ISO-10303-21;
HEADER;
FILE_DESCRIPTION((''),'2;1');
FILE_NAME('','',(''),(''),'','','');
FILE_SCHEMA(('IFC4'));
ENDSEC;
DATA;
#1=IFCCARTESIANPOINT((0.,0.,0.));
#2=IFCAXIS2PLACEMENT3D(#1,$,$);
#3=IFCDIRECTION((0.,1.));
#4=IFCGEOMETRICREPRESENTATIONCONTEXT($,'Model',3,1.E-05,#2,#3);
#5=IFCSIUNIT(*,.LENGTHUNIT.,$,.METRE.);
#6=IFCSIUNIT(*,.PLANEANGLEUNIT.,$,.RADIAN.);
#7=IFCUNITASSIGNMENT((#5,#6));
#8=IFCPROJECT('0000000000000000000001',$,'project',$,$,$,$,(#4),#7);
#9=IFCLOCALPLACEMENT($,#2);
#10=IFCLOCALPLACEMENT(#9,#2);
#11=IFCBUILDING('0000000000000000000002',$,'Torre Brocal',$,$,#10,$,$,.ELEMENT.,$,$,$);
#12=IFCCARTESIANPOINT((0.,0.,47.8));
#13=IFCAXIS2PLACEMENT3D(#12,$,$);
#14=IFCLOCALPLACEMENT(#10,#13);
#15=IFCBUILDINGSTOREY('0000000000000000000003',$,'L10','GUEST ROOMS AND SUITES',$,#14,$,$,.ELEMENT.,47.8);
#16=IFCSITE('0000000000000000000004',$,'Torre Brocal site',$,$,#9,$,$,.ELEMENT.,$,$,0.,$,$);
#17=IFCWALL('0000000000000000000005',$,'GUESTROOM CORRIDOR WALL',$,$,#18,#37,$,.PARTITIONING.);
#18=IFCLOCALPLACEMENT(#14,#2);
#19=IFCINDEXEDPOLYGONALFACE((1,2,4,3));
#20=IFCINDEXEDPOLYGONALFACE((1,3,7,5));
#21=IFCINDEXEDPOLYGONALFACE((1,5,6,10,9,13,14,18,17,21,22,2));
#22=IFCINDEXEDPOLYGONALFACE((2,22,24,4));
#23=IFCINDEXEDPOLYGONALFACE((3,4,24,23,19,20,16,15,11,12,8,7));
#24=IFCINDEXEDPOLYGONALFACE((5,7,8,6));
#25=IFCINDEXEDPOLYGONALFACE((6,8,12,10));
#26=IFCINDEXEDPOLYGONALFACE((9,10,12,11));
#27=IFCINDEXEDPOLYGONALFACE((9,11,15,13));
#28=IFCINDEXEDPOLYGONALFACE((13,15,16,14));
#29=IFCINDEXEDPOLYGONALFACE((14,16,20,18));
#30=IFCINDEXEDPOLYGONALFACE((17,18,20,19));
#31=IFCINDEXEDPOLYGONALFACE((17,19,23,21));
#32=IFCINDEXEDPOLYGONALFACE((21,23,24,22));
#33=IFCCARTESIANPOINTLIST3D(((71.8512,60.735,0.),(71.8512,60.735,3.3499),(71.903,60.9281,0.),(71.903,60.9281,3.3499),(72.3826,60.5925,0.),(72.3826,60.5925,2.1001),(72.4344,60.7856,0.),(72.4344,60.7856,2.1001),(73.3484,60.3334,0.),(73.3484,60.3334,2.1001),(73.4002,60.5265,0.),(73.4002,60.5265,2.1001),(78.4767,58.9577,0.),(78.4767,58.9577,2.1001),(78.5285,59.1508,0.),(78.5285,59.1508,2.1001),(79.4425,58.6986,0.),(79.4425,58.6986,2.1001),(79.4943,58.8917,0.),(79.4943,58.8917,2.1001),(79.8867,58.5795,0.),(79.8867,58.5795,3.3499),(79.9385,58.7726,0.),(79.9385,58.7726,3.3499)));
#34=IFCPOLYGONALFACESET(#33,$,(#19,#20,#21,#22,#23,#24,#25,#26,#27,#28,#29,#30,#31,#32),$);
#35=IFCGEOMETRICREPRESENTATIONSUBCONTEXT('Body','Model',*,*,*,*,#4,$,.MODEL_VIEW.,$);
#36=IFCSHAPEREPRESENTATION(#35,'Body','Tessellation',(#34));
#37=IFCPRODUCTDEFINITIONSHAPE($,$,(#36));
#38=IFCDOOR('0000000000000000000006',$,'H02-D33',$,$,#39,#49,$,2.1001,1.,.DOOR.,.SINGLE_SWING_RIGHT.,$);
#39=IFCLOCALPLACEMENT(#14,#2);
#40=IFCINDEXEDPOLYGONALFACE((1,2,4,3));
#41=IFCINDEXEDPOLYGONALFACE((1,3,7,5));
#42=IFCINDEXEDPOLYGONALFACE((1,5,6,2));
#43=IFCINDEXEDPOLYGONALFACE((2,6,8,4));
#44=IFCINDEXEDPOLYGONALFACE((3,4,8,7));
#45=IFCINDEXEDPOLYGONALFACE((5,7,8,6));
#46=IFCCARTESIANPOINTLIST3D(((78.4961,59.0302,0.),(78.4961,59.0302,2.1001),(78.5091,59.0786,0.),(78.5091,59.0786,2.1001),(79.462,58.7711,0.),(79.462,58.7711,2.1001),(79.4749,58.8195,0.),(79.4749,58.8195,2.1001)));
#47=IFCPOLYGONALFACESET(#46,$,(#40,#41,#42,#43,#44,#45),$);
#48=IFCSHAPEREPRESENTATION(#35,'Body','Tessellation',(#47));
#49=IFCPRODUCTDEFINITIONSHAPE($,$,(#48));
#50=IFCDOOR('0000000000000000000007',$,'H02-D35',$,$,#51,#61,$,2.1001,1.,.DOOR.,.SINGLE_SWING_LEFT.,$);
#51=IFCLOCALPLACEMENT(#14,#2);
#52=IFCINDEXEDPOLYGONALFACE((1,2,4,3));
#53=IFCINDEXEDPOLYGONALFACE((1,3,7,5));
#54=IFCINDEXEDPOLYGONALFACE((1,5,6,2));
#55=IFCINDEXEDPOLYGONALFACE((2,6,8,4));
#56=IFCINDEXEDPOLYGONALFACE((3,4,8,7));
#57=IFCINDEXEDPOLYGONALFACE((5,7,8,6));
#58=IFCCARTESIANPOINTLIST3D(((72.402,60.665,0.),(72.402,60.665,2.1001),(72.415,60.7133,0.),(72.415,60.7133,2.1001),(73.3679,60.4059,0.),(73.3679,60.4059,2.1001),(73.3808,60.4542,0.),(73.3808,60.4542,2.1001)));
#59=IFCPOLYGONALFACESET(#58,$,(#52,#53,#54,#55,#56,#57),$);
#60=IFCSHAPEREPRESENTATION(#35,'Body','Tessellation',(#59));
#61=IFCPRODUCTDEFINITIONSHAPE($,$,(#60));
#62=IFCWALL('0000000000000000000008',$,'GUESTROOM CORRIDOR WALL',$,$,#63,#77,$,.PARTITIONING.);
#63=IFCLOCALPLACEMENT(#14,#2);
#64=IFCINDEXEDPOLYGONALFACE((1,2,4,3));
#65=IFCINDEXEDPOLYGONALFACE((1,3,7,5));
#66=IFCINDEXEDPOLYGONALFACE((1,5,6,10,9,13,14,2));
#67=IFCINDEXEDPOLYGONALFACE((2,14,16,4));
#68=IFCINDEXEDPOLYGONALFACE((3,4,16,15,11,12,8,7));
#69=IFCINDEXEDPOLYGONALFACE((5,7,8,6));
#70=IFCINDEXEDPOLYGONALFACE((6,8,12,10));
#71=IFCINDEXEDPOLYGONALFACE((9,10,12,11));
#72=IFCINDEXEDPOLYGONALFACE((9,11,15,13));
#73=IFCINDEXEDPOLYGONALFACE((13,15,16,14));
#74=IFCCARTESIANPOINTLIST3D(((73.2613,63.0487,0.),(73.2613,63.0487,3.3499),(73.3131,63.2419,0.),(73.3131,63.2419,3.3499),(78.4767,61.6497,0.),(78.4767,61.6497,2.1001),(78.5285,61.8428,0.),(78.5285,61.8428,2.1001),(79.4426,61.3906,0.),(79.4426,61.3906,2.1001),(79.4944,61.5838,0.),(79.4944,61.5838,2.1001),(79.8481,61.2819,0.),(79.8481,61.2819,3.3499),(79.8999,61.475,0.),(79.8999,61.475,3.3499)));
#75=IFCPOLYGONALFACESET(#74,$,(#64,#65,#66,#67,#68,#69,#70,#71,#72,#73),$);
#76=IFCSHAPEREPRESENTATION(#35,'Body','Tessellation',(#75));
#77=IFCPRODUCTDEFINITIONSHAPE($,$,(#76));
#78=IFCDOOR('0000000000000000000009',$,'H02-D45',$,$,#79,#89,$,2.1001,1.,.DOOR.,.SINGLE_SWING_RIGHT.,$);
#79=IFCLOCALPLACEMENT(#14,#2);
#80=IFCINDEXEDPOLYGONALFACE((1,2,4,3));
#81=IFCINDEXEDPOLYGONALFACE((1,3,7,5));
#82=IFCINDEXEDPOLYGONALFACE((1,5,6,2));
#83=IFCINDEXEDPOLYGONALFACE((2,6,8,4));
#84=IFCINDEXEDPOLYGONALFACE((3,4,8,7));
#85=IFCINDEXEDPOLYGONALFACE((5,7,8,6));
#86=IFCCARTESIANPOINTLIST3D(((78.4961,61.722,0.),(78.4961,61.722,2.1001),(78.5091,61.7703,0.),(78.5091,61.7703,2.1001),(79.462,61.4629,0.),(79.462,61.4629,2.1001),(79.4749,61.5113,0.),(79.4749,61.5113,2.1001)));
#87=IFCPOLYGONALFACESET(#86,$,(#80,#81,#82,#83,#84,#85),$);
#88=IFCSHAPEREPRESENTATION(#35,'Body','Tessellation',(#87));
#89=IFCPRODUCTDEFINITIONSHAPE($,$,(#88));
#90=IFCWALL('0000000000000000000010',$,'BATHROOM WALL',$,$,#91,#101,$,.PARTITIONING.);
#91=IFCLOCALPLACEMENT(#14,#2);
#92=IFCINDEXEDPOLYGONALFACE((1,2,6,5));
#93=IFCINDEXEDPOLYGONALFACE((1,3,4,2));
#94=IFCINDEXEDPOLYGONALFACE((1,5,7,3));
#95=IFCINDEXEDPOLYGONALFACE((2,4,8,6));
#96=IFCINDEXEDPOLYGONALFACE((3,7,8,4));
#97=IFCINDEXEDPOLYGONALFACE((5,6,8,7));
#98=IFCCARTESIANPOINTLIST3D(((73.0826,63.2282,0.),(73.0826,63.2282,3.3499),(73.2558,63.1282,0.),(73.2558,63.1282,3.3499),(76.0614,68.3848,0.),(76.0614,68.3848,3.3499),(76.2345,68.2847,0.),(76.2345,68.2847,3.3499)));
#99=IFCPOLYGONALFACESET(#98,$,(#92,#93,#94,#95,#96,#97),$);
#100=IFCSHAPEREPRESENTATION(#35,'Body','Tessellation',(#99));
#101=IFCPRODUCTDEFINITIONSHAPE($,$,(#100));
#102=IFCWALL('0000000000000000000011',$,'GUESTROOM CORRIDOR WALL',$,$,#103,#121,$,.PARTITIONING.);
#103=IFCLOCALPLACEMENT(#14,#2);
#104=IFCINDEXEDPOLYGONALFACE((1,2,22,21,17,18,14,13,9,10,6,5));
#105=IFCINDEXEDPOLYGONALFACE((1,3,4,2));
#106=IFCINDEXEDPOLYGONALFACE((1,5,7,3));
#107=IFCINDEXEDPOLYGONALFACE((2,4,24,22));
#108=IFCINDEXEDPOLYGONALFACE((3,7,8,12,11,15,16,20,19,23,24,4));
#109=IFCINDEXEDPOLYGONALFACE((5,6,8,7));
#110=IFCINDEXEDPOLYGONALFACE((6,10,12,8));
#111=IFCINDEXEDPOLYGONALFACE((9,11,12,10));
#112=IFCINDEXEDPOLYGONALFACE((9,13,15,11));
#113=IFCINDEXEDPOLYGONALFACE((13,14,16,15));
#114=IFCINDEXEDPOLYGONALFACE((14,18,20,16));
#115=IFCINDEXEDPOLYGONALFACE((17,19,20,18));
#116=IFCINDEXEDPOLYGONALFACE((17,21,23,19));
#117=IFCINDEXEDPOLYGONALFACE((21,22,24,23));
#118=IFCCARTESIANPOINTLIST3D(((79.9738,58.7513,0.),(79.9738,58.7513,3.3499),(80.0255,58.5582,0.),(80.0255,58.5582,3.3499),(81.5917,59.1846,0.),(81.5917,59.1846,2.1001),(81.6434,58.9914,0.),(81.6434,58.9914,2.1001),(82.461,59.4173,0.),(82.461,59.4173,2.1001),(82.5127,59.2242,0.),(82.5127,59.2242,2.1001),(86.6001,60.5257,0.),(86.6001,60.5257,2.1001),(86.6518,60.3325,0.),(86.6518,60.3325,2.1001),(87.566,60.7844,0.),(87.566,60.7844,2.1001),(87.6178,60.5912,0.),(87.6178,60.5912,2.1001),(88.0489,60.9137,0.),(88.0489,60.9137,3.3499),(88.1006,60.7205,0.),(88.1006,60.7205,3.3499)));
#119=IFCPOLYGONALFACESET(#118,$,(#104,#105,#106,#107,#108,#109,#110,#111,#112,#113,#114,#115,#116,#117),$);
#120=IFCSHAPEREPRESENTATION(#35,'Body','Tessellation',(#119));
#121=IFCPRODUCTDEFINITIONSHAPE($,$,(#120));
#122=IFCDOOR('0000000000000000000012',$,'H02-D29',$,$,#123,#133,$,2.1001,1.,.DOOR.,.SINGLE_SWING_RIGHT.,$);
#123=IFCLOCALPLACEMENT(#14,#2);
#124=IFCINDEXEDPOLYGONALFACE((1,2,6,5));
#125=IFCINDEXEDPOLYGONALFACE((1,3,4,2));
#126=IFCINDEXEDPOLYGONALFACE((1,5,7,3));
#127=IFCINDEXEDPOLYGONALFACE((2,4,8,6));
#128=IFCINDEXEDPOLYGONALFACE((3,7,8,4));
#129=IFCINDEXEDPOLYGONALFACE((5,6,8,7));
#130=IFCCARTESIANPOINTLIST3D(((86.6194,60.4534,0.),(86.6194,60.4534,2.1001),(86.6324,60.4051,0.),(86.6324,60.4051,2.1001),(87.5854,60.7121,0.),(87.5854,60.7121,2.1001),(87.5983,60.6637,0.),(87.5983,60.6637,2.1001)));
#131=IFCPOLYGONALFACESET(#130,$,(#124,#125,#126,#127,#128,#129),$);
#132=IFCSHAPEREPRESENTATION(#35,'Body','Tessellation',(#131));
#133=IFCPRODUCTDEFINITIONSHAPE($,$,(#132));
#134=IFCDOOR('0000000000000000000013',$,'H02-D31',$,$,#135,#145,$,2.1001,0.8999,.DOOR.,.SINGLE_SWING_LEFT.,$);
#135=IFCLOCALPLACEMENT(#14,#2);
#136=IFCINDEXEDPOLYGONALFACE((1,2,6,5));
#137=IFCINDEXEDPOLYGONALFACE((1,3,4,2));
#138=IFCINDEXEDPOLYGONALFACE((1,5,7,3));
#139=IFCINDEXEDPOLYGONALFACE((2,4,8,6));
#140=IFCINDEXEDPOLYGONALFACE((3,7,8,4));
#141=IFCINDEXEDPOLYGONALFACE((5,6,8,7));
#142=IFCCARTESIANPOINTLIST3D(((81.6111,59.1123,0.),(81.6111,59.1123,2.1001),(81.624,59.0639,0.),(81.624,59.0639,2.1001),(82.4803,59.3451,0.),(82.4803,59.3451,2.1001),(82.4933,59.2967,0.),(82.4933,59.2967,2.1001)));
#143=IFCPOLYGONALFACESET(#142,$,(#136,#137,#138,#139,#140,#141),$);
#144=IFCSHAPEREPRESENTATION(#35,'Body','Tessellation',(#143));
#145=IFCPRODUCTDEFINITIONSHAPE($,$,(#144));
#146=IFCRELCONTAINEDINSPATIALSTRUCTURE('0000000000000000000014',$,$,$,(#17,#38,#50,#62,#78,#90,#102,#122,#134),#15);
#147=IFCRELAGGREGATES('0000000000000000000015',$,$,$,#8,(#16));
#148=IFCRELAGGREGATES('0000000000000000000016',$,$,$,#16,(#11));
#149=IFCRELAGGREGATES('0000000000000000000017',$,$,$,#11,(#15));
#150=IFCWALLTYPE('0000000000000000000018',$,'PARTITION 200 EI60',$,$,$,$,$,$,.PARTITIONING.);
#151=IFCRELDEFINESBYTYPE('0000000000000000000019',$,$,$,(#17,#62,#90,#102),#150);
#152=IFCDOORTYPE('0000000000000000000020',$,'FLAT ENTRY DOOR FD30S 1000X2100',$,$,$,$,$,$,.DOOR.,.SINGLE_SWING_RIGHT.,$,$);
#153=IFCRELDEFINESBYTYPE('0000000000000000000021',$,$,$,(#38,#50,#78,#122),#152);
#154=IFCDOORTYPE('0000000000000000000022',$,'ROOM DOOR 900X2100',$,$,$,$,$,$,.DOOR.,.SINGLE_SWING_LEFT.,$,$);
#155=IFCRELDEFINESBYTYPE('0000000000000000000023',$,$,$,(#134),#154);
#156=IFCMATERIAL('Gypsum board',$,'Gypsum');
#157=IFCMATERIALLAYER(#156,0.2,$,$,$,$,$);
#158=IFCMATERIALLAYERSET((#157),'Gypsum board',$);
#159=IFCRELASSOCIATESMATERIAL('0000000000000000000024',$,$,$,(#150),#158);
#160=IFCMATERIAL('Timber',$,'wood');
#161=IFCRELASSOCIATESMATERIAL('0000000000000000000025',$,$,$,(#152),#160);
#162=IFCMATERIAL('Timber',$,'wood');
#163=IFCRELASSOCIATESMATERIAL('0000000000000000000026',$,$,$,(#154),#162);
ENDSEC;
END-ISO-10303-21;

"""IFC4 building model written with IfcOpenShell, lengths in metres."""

from ifc_helpers import new_model, si_unit, direction, frame, frame_2d, origin, place, context, subcontext, project, spatial, rectangle, extrude, material, layer, layer_set, type_object, element, fill, save


model = new_model("IFC4")

# Units and contexts
model_context = context("Model", 3, precision=1e-05, world=origin(), true_north=direction((0.0, 1.0)))
body_context = subcontext(model_context, "Body", "Model", "MODEL_VIEW")
ifc_project = project(units=[si_unit("LENGTHUNIT", "METRE"), si_unit("PLANEANGLEUNIT", "RADIAN")], contexts=[model_context])

# Site, building, storey
site_placement = place(None, origin())
site = spatial("IfcSite", under=ifc_project, at=site_placement, Name="Torre Brocal site", CompositionType="ELEMENT", RefElevation=0.0)
building_placement = place(site_placement, origin())
building = spatial("IfcBuilding", under=site, at=building_placement, Name="Torre Brocal", CompositionType="ELEMENT")
storey_placement = place(building_placement, frame((0.0, 0.0, 47.8)))
storey = spatial("IfcBuildingStorey", under=building, at=storey_placement, Name="L10", Description="GUEST ROOMS AND SUITES", CompositionType="ELEMENT", Elevation=47.8)

# Shared definitions
ifc_material_1 = material(Name="Gypsum board", Category="Gypsum")
ifc_layer_1 = layer(ifc_material_1, 0.2)
ifc_layer_set_1 = layer_set([ifc_layer_1], Name="Gypsum board")
wall_type_1 = type_object("IfcWallType", Name="PARTITION 200 EI60", PredefinedType="PARTITIONING", material=ifc_layer_set_1)

# Wall, openings, doors
wall_1_placement = place(storey_placement, frame((71.8772, 60.8315, 0.0), z_axis=(0.0, 0.0, 1.0), x_axis=(0.965853, -0.259093, 0.0)))
wall_1 = element("IfcWall", 1, at=wall_1_placement, inside=storey, type_object=wall_type_1, Name="GUESTROOM CORRIDOR WALL", PredefinedType="PARTITIONING", context=body_context, shape_type="SweptSolid", body=[
    extrude(rectangle(XDim=8.3196, YDim=0.2, at=frame_2d((4.1597, 0.0))), origin(), (0.0, 0.0, 1.0), 3.3499),
])
opening_1_placement = place(wall_1_placement, frame((6.8596, 0.0, 0.0)))
opening_1 = element("IfcOpeningElement", 2, at=opening_1_placement, cuts=wall_1, PredefinedType="OPENING", context=body_context, shape_type="SweptSolid", body=[
    extrude(rectangle(XDim=1.0, YDim=2.1001, at=frame_2d((0.5, 1.05))), frame((0.0, 0.1099, 0.0), z_axis=(0.0, -1.0, 0.0), x_axis=(1.0, 0.0, 0.0)), (0.0, 0.0, 1.0), 0.22),
])
opening_2_placement = place(wall_1_placement, frame((0.55, 0.0, 0.0)))
opening_2 = element("IfcOpeningElement", 3, at=opening_2_placement, cuts=wall_1, PredefinedType="OPENING", context=body_context, shape_type="SweptSolid", body=[
    extrude(rectangle(XDim=1.0, YDim=2.1001, at=frame_2d((0.5, 1.05))), frame((0.0, 0.1099, 0.0), z_axis=(0.0, -1.0, 0.0), x_axis=(1.0, 0.0, 0.0)), (0.0, 0.0, 1.0), 0.22),
])
ifc_material_2 = material(Name="Timber", Category="wood")
door_type_1 = type_object("IfcDoorType", Name="FLAT ENTRY DOOR FD30S 1000X2100", OperationType="SINGLE_SWING_RIGHT", PredefinedType="DOOR", material=ifc_material_2)
door_1_placement = place(opening_1_placement, frame((1.0, 0.0, 0.0), z_axis=(0.0, 0.0, 1.0), x_axis=(-1.0, 0.0, 0.0)))
door_1 = element("IfcDoor", 4, at=door_1_placement, inside=storey, type_object=door_type_1, Name="H02-D33", OperationType="SINGLE_SWING_RIGHT", OverallHeight=2.1001, OverallWidth=1.0, PredefinedType="DOOR", context=body_context, shape_type="SweptSolid", body=[
    extrude(rectangle(XDim=1.0, YDim=2.1001, at=frame_2d((0.5, 1.05))), frame((0.0, 0.0249, 0.0), z_axis=(0.0, -1.0, 0.0), x_axis=(1.0, 0.0, 0.0)), (0.0, 0.0, 1.0), 0.05),
])
fill(opening_1, door_1)
door_2_placement = place(opening_2_placement, frame((1.0, 0.0, 0.0), z_axis=(0.0, 0.0, 1.0), x_axis=(-1.0, 0.0, 0.0)))
door_2 = element("IfcDoor", 5, at=door_2_placement, inside=storey, type_object=door_type_1, Name="H02-D35", OperationType="SINGLE_SWING_LEFT", OverallHeight=2.1001, OverallWidth=1.0, PredefinedType="DOOR", context=body_context, shape_type="SweptSolid", body=[
    extrude(rectangle(XDim=1.0, YDim=2.1001, at=frame_2d((0.5, 1.05))), frame((0.0, 0.0249, 0.0), z_axis=(0.0, -1.0, 0.0), x_axis=(1.0, 0.0, 0.0)), (0.0, 0.0, 1.0), 0.05),
])
fill(opening_2, door_2)

# Wall, opening, door
wall_2_placement = place(storey_placement, frame((73.2874, 63.1453, 0.0), z_axis=(0.0, 0.0, 1.0), x_axis=(0.965854, -0.259086, 0.0)))
wall_2 = element("IfcWall", 6, at=wall_2_placement, inside=storey, type_object=wall_type_1, Name="GUESTROOM CORRIDOR WALL", PredefinedType="PARTITIONING", context=body_context, shape_type="SweptSolid", body=[
    extrude(rectangle(XDim=6.8196, YDim=0.2, at=frame_2d((3.4097, 0.0))), origin(), (0.0, 0.0, 1.0), 3.3499),
])
opening_3_placement = place(wall_2_placement, frame((5.3997, 0.0, 0.0)))
opening_3 = element("IfcOpeningElement", 7, at=opening_3_placement, cuts=wall_2, PredefinedType="OPENING", context=body_context, shape_type="SweptSolid", body=[
    extrude(rectangle(XDim=1.0, YDim=2.1001, at=frame_2d((0.5, 1.05))), frame((0.0, 0.1099, 0.0), z_axis=(0.0, -1.0, 0.0), x_axis=(1.0, 0.0, 0.0)), (0.0, 0.0, 1.0), 0.22),
])
door_3_placement = place(opening_3_placement, origin())
door_3 = element("IfcDoor", 8, at=door_3_placement, inside=storey, type_object=door_type_1, Name="H02-D45", OperationType="SINGLE_SWING_RIGHT", OverallHeight=2.1001, OverallWidth=1.0, PredefinedType="DOOR", context=body_context, shape_type="SweptSolid", body=[
    extrude(rectangle(XDim=1.0, YDim=2.1001, at=frame_2d((0.5, 1.05))), frame((0.0, 0.0249, 0.0), z_axis=(0.0, -1.0, 0.0), x_axis=(1.0, 0.0, 0.0)), (0.0, 0.0, 1.0), 0.05),
])
fill(opening_3, door_3)

# Wall
wall_3_placement = place(storey_placement, frame((73.1692, 63.1782, 0.0), z_axis=(0.0, 0.0, 1.0), x_axis=(0.500209, 0.865905, 0.0)))
element("IfcWall", 9, at=wall_3_placement, inside=storey, type_object=wall_type_1, Name="BATHROOM WALL", PredefinedType="PARTITIONING", context=body_context, shape_type="SweptSolid", body=[
    extrude(rectangle(XDim=5.9551, YDim=0.2, at=frame_2d((2.9775, 0.0))), origin(), (0.0, 0.0, 1.0), 3.3499),
])

# Wall, openings, doors
wall_4_placement = place(storey_placement, frame((79.9998, 58.6548, 0.0), z_axis=(0.0, 0.0, 1.0), x_axis=(0.965967, 0.258664, 0.0)))
wall_4 = element("IfcWall", 10, at=wall_4_placement, inside=storey, type_object=wall_type_1, Name="GUESTROOM CORRIDOR WALL", PredefinedType="PARTITIONING", context=body_context, shape_type="SweptSolid", body=[
    extrude(rectangle(XDim=8.3596, YDim=0.2, at=frame_2d((4.1797, 0.0))), origin(), (0.0, 0.0, 1.0), 3.3499),
])
opening_4_placement = place(wall_4_placement, frame((6.8596, 0.0, 0.0)))
opening_4 = element("IfcOpeningElement", 11, at=opening_4_placement, cuts=wall_4, PredefinedType="OPENING", context=body_context, shape_type="SweptSolid", body=[
    extrude(rectangle(XDim=1.0, YDim=2.1001, at=frame_2d((0.5, 1.05))), frame((0.0, 0.1099, 0.0), z_axis=(0.0, -1.0, 0.0), x_axis=(1.0, 0.0, 0.0)), (0.0, 0.0, 1.0), 0.22),
])
opening_5_placement = place(wall_4_placement, frame((1.6748, 0.0, 0.0)))
opening_5 = element("IfcOpeningElement", 12, at=opening_5_placement, cuts=wall_4, PredefinedType="OPENING", context=body_context, shape_type="SweptSolid", body=[
    extrude(rectangle(XDim=0.8999, YDim=2.1001, at=frame_2d((0.45, 1.05))), frame((0.0, 0.1099, 0.0), z_axis=(0.0, -1.0, 0.0), x_axis=(1.0, 0.0, 0.0)), (0.0, 0.0, 1.0), 0.22),
])
door_4_placement = place(opening_4_placement, frame((1.0, 0.0, 0.0), z_axis=(0.0, 0.0, 1.0), x_axis=(-1.0, 0.0, 0.0)))
door_4 = element("IfcDoor", 13, at=door_4_placement, inside=storey, type_object=door_type_1, Name="H02-D29", OperationType="SINGLE_SWING_RIGHT", OverallHeight=2.1001, OverallWidth=1.0, PredefinedType="DOOR", context=body_context, shape_type="SweptSolid", body=[
    extrude(rectangle(XDim=1.0, YDim=2.1001, at=frame_2d((0.5, 1.05))), frame((0.0, 0.0249, 0.0), z_axis=(0.0, -1.0, 0.0), x_axis=(1.0, 0.0, 0.0)), (0.0, 0.0, 1.0), 0.05),
])
fill(opening_4, door_4)
ifc_material_3 = material(Name="Timber", Category="wood")
door_type_2 = type_object("IfcDoorType", Name="ROOM DOOR 900X2100", OperationType="SINGLE_SWING_LEFT", PredefinedType="DOOR", material=ifc_material_3)
door_5_placement = place(opening_5_placement, frame((0.8999, 0.0, 0.0), z_axis=(0.0, 0.0, 1.0), x_axis=(-1.0, 0.0, 0.0)))
door_5 = element("IfcDoor", 14, at=door_5_placement, inside=storey, type_object=door_type_2, Name="H02-D31", OperationType="SINGLE_SWING_LEFT", OverallHeight=2.1001, OverallWidth=0.8999, PredefinedType="DOOR", context=body_context, shape_type="SweptSolid", body=[
    extrude(rectangle(XDim=0.8999, YDim=2.1001, at=frame_2d((0.45, 1.05))), frame((0.0, 0.0249, 0.0), z_axis=(0.0, -1.0, 0.0), x_axis=(1.0, 0.0, 0.0)), (0.0, 0.0, 1.0), 0.05),
])
fill(opening_5, door_5)

save(model, "model.ifc")
